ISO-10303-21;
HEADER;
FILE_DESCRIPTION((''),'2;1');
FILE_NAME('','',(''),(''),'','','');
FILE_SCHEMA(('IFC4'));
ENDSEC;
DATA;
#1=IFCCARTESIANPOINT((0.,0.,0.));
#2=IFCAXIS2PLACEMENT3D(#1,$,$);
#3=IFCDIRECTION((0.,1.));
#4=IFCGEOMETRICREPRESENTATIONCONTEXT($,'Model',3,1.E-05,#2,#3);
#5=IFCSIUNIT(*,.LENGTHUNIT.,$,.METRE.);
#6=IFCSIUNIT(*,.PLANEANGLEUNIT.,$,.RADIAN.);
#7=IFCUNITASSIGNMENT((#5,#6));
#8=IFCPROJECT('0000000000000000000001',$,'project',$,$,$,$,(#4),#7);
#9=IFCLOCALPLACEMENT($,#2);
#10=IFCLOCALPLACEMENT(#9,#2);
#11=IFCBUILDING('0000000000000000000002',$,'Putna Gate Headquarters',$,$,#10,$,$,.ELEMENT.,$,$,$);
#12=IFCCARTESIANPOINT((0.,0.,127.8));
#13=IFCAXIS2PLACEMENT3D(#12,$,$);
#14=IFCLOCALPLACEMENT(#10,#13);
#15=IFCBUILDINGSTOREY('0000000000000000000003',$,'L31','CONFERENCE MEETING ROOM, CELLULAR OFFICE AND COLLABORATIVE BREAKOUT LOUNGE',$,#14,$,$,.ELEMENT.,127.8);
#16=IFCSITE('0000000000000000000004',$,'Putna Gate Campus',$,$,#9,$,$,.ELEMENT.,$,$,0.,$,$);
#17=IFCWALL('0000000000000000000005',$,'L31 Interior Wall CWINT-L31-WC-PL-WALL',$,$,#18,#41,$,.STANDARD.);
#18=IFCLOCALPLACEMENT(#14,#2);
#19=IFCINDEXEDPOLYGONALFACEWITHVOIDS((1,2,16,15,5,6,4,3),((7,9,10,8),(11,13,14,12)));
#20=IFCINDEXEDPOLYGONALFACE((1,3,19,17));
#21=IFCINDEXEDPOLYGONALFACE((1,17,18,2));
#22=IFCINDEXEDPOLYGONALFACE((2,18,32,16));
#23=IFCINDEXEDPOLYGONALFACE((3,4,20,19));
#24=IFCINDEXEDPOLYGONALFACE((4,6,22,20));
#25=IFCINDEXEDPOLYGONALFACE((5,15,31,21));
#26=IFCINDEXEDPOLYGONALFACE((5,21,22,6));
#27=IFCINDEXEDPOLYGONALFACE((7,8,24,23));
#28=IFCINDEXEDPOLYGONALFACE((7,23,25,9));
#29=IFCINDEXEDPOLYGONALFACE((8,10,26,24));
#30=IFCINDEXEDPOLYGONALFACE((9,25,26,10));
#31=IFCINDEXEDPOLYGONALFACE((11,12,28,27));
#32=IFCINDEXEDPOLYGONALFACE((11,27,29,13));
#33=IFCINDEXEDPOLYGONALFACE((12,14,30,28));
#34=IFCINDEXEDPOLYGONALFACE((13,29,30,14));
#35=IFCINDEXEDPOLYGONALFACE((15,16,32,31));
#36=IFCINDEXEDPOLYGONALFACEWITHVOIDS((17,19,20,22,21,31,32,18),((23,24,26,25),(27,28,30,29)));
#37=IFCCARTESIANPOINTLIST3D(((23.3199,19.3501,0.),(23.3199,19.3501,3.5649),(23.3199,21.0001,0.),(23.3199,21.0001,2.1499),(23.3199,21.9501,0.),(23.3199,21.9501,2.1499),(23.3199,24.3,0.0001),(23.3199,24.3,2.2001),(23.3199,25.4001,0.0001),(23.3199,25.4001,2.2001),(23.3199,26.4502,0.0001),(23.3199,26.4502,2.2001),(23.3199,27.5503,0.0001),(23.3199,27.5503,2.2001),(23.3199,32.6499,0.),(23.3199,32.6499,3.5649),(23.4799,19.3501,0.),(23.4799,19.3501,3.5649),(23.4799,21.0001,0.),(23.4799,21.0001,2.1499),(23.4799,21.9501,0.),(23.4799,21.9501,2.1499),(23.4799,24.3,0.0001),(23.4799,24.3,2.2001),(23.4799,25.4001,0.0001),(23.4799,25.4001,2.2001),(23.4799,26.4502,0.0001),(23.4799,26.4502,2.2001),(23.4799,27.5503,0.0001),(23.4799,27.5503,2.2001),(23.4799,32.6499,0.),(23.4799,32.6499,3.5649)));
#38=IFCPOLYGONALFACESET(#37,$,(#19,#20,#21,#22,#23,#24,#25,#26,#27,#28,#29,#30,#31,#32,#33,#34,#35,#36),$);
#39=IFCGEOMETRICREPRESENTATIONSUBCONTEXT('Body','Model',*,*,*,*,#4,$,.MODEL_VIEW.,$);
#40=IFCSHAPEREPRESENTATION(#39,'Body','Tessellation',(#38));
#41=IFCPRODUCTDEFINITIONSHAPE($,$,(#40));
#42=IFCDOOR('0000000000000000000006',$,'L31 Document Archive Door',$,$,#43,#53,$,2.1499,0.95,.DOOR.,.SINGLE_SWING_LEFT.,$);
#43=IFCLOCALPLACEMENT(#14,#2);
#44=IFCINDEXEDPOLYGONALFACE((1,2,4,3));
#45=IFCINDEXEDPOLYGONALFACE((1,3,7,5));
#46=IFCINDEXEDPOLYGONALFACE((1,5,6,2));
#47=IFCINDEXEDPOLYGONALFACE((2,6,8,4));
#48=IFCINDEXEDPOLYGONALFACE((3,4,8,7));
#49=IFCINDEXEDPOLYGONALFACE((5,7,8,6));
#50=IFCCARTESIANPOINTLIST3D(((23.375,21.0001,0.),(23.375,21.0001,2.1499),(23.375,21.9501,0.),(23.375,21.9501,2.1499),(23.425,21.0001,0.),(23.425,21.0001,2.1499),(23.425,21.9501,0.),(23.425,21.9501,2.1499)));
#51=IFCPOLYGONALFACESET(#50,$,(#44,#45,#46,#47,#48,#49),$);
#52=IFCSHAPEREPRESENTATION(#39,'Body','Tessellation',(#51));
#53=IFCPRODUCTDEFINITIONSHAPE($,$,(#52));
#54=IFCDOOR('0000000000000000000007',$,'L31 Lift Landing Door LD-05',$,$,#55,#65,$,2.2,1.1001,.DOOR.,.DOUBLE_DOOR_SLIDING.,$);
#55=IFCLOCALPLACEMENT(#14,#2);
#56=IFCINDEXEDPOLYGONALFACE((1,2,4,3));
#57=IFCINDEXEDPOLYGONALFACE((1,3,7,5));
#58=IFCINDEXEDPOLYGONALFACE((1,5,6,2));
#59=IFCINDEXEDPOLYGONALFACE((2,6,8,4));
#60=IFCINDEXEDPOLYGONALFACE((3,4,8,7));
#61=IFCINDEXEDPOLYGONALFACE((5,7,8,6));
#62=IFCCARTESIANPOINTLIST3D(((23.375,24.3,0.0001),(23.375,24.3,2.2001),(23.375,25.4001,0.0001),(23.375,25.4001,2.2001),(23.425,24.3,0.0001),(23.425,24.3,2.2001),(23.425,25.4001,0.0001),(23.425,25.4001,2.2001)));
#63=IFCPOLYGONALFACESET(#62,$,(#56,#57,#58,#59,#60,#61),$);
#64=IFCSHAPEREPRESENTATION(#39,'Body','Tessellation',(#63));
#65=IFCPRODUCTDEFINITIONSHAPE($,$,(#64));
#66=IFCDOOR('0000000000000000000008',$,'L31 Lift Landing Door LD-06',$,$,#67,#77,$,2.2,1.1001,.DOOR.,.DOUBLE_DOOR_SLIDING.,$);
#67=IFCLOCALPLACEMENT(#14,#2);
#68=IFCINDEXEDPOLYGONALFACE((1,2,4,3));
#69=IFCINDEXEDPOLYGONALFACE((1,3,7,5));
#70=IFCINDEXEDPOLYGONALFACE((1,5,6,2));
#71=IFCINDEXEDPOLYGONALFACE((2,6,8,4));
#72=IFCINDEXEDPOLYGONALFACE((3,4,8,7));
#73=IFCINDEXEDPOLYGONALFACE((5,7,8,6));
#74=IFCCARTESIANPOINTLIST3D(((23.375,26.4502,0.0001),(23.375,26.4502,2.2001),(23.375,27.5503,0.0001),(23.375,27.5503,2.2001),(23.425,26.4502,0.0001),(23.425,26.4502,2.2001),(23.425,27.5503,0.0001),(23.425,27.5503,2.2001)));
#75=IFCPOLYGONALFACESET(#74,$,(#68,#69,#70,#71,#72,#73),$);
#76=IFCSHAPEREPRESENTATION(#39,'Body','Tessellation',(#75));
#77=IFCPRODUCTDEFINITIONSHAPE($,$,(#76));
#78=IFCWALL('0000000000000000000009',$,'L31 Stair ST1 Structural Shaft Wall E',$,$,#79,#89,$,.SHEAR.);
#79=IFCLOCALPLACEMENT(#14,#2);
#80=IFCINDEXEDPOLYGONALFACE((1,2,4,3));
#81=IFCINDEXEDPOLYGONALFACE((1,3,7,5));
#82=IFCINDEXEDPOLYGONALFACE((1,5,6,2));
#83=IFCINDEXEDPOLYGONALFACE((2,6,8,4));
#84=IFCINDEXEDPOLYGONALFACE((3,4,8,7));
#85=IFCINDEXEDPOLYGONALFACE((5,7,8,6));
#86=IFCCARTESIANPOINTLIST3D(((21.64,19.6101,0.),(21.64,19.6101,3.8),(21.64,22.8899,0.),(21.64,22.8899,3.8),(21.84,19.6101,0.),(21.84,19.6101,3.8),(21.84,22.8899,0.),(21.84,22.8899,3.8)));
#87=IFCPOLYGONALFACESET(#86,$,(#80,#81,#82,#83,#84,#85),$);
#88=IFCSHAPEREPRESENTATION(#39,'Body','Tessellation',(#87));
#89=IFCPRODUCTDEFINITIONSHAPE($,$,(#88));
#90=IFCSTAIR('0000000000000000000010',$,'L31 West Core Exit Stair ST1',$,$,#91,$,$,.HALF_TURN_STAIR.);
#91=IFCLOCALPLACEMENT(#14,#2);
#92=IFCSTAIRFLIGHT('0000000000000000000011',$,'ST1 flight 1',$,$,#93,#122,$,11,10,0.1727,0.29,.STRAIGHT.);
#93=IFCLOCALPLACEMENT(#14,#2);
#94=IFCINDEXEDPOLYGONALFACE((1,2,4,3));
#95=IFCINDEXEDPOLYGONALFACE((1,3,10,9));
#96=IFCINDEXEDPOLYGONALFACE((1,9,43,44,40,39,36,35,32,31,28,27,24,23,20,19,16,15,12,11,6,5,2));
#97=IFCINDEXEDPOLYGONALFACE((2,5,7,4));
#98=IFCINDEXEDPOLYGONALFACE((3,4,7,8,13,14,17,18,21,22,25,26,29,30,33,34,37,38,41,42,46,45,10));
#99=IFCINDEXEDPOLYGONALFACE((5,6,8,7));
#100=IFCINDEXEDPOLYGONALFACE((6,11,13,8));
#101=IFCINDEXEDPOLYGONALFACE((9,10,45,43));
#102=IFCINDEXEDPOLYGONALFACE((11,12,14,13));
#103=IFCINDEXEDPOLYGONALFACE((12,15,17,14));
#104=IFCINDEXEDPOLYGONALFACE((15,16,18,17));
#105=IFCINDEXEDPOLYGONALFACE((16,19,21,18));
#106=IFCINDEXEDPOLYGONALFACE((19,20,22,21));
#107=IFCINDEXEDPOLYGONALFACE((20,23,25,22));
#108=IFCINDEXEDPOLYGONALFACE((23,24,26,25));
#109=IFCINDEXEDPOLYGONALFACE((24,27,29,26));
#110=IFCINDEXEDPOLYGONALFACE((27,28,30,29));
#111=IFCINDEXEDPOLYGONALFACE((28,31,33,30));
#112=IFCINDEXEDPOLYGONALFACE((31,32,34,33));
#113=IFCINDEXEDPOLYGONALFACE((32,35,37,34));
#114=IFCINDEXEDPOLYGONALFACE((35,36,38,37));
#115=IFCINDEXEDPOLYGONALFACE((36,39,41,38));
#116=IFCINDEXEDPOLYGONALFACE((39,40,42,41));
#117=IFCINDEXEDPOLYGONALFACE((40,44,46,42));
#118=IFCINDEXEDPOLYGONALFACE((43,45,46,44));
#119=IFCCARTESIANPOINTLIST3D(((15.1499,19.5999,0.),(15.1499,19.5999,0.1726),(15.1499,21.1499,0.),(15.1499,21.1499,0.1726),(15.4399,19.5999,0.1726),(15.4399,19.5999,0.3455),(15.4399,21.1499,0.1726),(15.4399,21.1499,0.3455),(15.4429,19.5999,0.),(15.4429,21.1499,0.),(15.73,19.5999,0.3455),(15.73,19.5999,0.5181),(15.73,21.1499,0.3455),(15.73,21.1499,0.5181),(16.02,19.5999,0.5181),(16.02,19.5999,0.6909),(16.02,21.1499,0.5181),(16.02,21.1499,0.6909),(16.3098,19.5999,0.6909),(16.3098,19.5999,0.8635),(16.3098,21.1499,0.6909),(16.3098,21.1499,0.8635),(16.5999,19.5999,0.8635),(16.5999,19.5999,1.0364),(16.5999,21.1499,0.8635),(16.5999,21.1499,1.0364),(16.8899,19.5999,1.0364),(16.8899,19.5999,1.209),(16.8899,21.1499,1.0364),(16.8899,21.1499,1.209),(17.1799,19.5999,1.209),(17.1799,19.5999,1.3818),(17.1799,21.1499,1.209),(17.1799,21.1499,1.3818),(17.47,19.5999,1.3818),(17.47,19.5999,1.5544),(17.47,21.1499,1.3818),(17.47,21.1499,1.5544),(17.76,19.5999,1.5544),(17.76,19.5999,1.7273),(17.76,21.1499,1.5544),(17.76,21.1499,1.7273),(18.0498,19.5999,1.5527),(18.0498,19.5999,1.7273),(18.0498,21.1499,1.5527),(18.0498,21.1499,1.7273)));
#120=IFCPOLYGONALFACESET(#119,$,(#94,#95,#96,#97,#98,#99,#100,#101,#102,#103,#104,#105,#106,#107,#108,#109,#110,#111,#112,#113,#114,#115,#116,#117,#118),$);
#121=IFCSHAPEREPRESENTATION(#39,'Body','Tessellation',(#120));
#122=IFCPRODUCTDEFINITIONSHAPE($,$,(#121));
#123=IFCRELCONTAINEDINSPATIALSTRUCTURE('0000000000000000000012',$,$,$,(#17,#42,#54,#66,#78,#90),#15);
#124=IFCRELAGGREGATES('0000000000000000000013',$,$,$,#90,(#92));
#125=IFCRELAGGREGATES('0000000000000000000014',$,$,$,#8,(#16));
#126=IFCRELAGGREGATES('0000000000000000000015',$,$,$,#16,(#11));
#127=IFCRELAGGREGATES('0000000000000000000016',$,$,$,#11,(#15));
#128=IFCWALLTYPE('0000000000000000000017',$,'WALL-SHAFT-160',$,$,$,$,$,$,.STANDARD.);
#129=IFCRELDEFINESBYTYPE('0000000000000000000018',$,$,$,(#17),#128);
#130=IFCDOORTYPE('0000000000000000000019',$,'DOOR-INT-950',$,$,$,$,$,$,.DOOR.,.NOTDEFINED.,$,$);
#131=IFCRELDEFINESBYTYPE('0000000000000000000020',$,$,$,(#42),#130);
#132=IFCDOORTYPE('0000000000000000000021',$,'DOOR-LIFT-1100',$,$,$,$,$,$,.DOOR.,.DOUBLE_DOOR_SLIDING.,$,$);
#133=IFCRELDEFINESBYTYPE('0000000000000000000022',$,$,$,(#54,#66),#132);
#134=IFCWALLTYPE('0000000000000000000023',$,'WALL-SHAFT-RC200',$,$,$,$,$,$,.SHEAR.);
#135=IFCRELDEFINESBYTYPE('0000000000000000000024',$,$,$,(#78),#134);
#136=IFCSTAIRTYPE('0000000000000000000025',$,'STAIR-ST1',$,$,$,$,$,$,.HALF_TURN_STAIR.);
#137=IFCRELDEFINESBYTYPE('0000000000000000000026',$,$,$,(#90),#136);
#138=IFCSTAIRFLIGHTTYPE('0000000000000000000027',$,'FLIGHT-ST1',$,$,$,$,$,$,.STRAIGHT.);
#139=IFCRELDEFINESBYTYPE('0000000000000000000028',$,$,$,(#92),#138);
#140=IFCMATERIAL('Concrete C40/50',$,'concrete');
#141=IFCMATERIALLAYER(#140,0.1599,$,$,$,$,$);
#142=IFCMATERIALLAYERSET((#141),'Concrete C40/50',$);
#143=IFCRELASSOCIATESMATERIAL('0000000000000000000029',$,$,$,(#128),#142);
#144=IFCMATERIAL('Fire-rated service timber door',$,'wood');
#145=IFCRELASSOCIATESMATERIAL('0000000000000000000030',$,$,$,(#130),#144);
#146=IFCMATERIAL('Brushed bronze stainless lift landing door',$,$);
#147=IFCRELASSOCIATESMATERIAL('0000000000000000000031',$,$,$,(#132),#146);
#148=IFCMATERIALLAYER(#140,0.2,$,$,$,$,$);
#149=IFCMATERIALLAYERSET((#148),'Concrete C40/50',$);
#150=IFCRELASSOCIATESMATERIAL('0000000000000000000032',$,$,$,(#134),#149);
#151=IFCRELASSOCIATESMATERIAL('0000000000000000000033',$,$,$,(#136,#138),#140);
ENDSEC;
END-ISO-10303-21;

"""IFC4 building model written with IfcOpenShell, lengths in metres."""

from ifc_helpers import new_model, si_unit, direction, frame, frame_2d, origin, place, context, subcontext, project, spatial, polyline, rectangle, outline, extrude, material, layer, layer_set, type_object, element, fill, aggregate, save


model = new_model("IFC4")

# Units and contexts
model_context = context("Model", 3, precision=1e-05, world=origin(), true_north=direction((0.0, 1.0)))
body_context = subcontext(model_context, "Body", "Model", "MODEL_VIEW")
ifc_project = project(units=[si_unit("LENGTHUNIT", "METRE"), si_unit("PLANEANGLEUNIT", "RADIAN")], contexts=[model_context])

# Site, building, storey
site_placement = place(None, origin())
site = spatial("IfcSite", under=ifc_project, at=site_placement, Name="Putna Gate Campus", CompositionType="ELEMENT", RefElevation=0.0)
building_placement = place(site_placement, origin())
building = spatial("IfcBuilding", under=site, at=building_placement, Name="Putna Gate Headquarters", CompositionType="ELEMENT")
storey_placement = place(building_placement, frame((0.0, 0.0, 127.8)))
storey = spatial("IfcBuildingStorey", under=building, at=storey_placement, Name="L31", Description="CONFERENCE MEETING ROOM, CELLULAR OFFICE AND COLLABORATIVE BREAKOUT LOUNGE", CompositionType="ELEMENT", Elevation=127.8)

# Wall, openings, doors
ifc_material_1 = material(Name="Concrete C40/50", Category="concrete")
ifc_layer_1 = layer(ifc_material_1, 0.1599)
ifc_layer_set_1 = layer_set([ifc_layer_1], Name="Concrete C40/50")
wall_type_1 = type_object("IfcWallType", Name="WALL-SHAFT-160", PredefinedType="STANDARD", material=ifc_layer_set_1)
wall_1_placement = place(storey_placement, frame((23.3999, 19.3501, 0.0), z_axis=(0.0, 0.0, 1.0), x_axis=(0.0, 1.0, 0.0)))
wall_1 = element("IfcWall", 1, at=wall_1_placement, inside=storey, type_object=wall_type_1, Name="L31 Interior Wall CWINT-L31-WC-PL-WALL", PredefinedType="STANDARD", context=body_context, shape_type="SweptSolid", body=[
    extrude(rectangle(XDim=13.2998, YDim=0.1599, at=frame_2d((6.6499, 0.0))), origin(), (0.0, 0.0, 1.0), 3.5649),
])
opening_1_placement = place(wall_1_placement, frame((1.6499, 0.0, 0.0)))
opening_1 = element("IfcOpeningElement", 2, at=opening_1_placement, cuts=wall_1, PredefinedType="OPENING", context=body_context, shape_type="SweptSolid", body=[
    extrude(rectangle(XDim=0.95, YDim=2.1499, at=frame_2d((0.4751, 1.075))), frame((0.0, 0.0898, 0.0), z_axis=(0.0, -1.0, 0.0), x_axis=(1.0, 0.0, 0.0)), (0.0, 0.0, 1.0), 0.1799),
])
opening_2_placement = place(wall_1_placement, frame((4.95, 0.0, 0.0)))
opening_2 = element("IfcOpeningElement", 3, at=opening_2_placement, cuts=wall_1, PredefinedType="OPENING", context=body_context, shape_type="SweptSolid", body=[
    extrude(rectangle(XDim=1.1001, YDim=2.2, at=frame_2d((0.55, 1.1001))), frame((0.0, 0.0898, 0.0), z_axis=(0.0, -1.0, 0.0), x_axis=(1.0, 0.0, 0.0)), (0.0, 0.0, 1.0), 0.1799),
])
opening_3_placement = place(wall_1_placement, frame((7.1001, 0.0, 0.0)))
opening_3 = element("IfcOpeningElement", 4, at=opening_3_placement, cuts=wall_1, PredefinedType="OPENING", context=body_context, shape_type="SweptSolid", body=[
    extrude(rectangle(XDim=1.1001, YDim=2.2, at=frame_2d((0.55, 1.1001))), frame((0.0, 0.0898, 0.0), z_axis=(0.0, -1.0, 0.0), x_axis=(1.0, 0.0, 0.0)), (0.0, 0.0, 1.0), 0.1799),
])
ifc_material_2 = material(Name="Fire-rated service timber door", Category="wood")
door_type_1 = type_object("IfcDoorType", Name="DOOR-INT-950", OperationType="NOTDEFINED", PredefinedType="DOOR", material=ifc_material_2)
door_1_placement = place(opening_1_placement, origin())
door_1 = element("IfcDoor", 5, at=door_1_placement, inside=storey, type_object=door_type_1, Name="L31 Document Archive Door", OperationType="SINGLE_SWING_LEFT", OverallHeight=2.1499, OverallWidth=0.95, PredefinedType="DOOR", context=body_context, shape_type="SweptSolid", body=[
    extrude(rectangle(XDim=0.95, YDim=2.1499, at=frame_2d((0.4751, 1.075))), frame((0.0, 0.0249, 0.0), z_axis=(0.0, -1.0, 0.0), x_axis=(1.0, 0.0, 0.0)), (0.0, 0.0, 1.0), 0.05),
])
fill(opening_1, door_1)
ifc_material_3 = material(Name="Brushed bronze stainless lift landing door")
door_type_2 = type_object("IfcDoorType", Name="DOOR-LIFT-1100", OperationType="DOUBLE_DOOR_SLIDING", PredefinedType="DOOR", material=ifc_material_3)
door_2_placement = place(opening_2_placement, origin())
door_2 = element("IfcDoor", 6, at=door_2_placement, inside=storey, type_object=door_type_2, Name="L31 Lift Landing Door LD-05", OperationType="DOUBLE_DOOR_SLIDING", OverallHeight=2.2, OverallWidth=1.1001, PredefinedType="DOOR", context=body_context, shape_type="SweptSolid", body=[
    extrude(rectangle(XDim=1.1001, YDim=2.2, at=frame_2d((0.55, 1.1001))), frame((0.0, 0.0249, 0.0), z_axis=(0.0, -1.0, 0.0), x_axis=(1.0, 0.0, 0.0)), (0.0, 0.0, 1.0), 0.05),
])
fill(opening_2, door_2)
door_3_placement = place(opening_3_placement, origin())
door_3 = element("IfcDoor", 7, at=door_3_placement, inside=storey, type_object=door_type_2, Name="L31 Lift Landing Door LD-06", OperationType="DOUBLE_DOOR_SLIDING", OverallHeight=2.2, OverallWidth=1.1001, PredefinedType="DOOR", context=body_context, shape_type="SweptSolid", body=[
    extrude(rectangle(XDim=1.1001, YDim=2.2, at=frame_2d((0.55, 1.1001))), frame((0.0, 0.0249, 0.0), z_axis=(0.0, -1.0, 0.0), x_axis=(1.0, 0.0, 0.0)), (0.0, 0.0, 1.0), 0.05),
])
fill(opening_3, door_3)

# Wall
ifc_layer_2 = layer(ifc_material_1, 0.2)
ifc_layer_set_2 = layer_set([ifc_layer_2], Name="Concrete C40/50")
wall_type_2 = type_object("IfcWallType", Name="WALL-SHAFT-RC200", PredefinedType="SHEAR", material=ifc_layer_set_2)
wall_2_placement = place(storey_placement, frame((21.74, 19.6101, 0.0), z_axis=(0.0, 0.0, 1.0), x_axis=(0.0, 1.0, 0.0)))
element("IfcWall", 8, at=wall_2_placement, inside=storey, type_object=wall_type_2, Name="L31 Stair ST1 Structural Shaft Wall E", PredefinedType="SHEAR", context=body_context, shape_type="SweptSolid", body=[
    extrude(rectangle(XDim=3.2798, YDim=0.2, at=frame_2d((1.6399, 0.0))), origin(), (0.0, 0.0, 1.0), 3.8),
])

# Stair, stair flight
stair_type = type_object("IfcStairType", Name="STAIR-ST1", PredefinedType="HALF_TURN_STAIR", material=ifc_material_1)
stair_placement = place(storey_placement, origin())
stair = element("IfcStair", 9, at=stair_placement, inside=storey, type_object=stair_type, Name="L31 West Core Exit Stair ST1", PredefinedType="HALF_TURN_STAIR")
stair_flight_type = type_object("IfcStairFlightType", Name="FLIGHT-ST1", PredefinedType="STRAIGHT", material=ifc_material_1)
stair_flight_placement = place(storey_placement, frame((15.1499, 20.375, 0.0), z_axis=(0.0, 0.0, 1.0), x_axis=(1.0, 0.0, 0.0)))
stair_flight = element("IfcStairFlight", 10, at=stair_flight_placement, type_object=stair_flight_type, Name="ST1 flight 1", NumberOfRisers=11, NumberOfTreads=10, PredefinedType="STRAIGHT", RiserHeight=0.1727, TreadLength=0.29, context=body_context, shape_type="SweptSolid", body=[
    extrude(outline(polyline([(0.0, 0.0), (0.0, 0.1726), (0.29, 0.1726), (0.29, 0.3455), (0.5801, 0.3455), (0.5801, 0.5181), (0.8701, 0.5181), (0.8701, 0.6909), (1.1599, 0.6909), (1.1599, 0.8635), (1.45, 0.8635), (1.45, 1.0364), (1.74, 1.0364), (1.74, 1.209), (2.03, 1.209), (2.03, 1.3818), (2.3201, 1.3818), (2.3201, 1.5544), (2.6101, 1.5544), (2.6101, 1.7273), (2.8999, 1.7273), (2.8999, 1.8999), (2.8999, 1.5527), (0.293, 0.0), (0.0, 0.0)])), frame((0.0, 0.7749, 0.0), z_axis=(0.0, -1.0, 0.0), x_axis=(1.0, 0.0, 0.0)), (0.0, 0.0, 1.0), 1.55),
])
aggregate(stair, [stair_flight])

save(model, "model.ifc")
